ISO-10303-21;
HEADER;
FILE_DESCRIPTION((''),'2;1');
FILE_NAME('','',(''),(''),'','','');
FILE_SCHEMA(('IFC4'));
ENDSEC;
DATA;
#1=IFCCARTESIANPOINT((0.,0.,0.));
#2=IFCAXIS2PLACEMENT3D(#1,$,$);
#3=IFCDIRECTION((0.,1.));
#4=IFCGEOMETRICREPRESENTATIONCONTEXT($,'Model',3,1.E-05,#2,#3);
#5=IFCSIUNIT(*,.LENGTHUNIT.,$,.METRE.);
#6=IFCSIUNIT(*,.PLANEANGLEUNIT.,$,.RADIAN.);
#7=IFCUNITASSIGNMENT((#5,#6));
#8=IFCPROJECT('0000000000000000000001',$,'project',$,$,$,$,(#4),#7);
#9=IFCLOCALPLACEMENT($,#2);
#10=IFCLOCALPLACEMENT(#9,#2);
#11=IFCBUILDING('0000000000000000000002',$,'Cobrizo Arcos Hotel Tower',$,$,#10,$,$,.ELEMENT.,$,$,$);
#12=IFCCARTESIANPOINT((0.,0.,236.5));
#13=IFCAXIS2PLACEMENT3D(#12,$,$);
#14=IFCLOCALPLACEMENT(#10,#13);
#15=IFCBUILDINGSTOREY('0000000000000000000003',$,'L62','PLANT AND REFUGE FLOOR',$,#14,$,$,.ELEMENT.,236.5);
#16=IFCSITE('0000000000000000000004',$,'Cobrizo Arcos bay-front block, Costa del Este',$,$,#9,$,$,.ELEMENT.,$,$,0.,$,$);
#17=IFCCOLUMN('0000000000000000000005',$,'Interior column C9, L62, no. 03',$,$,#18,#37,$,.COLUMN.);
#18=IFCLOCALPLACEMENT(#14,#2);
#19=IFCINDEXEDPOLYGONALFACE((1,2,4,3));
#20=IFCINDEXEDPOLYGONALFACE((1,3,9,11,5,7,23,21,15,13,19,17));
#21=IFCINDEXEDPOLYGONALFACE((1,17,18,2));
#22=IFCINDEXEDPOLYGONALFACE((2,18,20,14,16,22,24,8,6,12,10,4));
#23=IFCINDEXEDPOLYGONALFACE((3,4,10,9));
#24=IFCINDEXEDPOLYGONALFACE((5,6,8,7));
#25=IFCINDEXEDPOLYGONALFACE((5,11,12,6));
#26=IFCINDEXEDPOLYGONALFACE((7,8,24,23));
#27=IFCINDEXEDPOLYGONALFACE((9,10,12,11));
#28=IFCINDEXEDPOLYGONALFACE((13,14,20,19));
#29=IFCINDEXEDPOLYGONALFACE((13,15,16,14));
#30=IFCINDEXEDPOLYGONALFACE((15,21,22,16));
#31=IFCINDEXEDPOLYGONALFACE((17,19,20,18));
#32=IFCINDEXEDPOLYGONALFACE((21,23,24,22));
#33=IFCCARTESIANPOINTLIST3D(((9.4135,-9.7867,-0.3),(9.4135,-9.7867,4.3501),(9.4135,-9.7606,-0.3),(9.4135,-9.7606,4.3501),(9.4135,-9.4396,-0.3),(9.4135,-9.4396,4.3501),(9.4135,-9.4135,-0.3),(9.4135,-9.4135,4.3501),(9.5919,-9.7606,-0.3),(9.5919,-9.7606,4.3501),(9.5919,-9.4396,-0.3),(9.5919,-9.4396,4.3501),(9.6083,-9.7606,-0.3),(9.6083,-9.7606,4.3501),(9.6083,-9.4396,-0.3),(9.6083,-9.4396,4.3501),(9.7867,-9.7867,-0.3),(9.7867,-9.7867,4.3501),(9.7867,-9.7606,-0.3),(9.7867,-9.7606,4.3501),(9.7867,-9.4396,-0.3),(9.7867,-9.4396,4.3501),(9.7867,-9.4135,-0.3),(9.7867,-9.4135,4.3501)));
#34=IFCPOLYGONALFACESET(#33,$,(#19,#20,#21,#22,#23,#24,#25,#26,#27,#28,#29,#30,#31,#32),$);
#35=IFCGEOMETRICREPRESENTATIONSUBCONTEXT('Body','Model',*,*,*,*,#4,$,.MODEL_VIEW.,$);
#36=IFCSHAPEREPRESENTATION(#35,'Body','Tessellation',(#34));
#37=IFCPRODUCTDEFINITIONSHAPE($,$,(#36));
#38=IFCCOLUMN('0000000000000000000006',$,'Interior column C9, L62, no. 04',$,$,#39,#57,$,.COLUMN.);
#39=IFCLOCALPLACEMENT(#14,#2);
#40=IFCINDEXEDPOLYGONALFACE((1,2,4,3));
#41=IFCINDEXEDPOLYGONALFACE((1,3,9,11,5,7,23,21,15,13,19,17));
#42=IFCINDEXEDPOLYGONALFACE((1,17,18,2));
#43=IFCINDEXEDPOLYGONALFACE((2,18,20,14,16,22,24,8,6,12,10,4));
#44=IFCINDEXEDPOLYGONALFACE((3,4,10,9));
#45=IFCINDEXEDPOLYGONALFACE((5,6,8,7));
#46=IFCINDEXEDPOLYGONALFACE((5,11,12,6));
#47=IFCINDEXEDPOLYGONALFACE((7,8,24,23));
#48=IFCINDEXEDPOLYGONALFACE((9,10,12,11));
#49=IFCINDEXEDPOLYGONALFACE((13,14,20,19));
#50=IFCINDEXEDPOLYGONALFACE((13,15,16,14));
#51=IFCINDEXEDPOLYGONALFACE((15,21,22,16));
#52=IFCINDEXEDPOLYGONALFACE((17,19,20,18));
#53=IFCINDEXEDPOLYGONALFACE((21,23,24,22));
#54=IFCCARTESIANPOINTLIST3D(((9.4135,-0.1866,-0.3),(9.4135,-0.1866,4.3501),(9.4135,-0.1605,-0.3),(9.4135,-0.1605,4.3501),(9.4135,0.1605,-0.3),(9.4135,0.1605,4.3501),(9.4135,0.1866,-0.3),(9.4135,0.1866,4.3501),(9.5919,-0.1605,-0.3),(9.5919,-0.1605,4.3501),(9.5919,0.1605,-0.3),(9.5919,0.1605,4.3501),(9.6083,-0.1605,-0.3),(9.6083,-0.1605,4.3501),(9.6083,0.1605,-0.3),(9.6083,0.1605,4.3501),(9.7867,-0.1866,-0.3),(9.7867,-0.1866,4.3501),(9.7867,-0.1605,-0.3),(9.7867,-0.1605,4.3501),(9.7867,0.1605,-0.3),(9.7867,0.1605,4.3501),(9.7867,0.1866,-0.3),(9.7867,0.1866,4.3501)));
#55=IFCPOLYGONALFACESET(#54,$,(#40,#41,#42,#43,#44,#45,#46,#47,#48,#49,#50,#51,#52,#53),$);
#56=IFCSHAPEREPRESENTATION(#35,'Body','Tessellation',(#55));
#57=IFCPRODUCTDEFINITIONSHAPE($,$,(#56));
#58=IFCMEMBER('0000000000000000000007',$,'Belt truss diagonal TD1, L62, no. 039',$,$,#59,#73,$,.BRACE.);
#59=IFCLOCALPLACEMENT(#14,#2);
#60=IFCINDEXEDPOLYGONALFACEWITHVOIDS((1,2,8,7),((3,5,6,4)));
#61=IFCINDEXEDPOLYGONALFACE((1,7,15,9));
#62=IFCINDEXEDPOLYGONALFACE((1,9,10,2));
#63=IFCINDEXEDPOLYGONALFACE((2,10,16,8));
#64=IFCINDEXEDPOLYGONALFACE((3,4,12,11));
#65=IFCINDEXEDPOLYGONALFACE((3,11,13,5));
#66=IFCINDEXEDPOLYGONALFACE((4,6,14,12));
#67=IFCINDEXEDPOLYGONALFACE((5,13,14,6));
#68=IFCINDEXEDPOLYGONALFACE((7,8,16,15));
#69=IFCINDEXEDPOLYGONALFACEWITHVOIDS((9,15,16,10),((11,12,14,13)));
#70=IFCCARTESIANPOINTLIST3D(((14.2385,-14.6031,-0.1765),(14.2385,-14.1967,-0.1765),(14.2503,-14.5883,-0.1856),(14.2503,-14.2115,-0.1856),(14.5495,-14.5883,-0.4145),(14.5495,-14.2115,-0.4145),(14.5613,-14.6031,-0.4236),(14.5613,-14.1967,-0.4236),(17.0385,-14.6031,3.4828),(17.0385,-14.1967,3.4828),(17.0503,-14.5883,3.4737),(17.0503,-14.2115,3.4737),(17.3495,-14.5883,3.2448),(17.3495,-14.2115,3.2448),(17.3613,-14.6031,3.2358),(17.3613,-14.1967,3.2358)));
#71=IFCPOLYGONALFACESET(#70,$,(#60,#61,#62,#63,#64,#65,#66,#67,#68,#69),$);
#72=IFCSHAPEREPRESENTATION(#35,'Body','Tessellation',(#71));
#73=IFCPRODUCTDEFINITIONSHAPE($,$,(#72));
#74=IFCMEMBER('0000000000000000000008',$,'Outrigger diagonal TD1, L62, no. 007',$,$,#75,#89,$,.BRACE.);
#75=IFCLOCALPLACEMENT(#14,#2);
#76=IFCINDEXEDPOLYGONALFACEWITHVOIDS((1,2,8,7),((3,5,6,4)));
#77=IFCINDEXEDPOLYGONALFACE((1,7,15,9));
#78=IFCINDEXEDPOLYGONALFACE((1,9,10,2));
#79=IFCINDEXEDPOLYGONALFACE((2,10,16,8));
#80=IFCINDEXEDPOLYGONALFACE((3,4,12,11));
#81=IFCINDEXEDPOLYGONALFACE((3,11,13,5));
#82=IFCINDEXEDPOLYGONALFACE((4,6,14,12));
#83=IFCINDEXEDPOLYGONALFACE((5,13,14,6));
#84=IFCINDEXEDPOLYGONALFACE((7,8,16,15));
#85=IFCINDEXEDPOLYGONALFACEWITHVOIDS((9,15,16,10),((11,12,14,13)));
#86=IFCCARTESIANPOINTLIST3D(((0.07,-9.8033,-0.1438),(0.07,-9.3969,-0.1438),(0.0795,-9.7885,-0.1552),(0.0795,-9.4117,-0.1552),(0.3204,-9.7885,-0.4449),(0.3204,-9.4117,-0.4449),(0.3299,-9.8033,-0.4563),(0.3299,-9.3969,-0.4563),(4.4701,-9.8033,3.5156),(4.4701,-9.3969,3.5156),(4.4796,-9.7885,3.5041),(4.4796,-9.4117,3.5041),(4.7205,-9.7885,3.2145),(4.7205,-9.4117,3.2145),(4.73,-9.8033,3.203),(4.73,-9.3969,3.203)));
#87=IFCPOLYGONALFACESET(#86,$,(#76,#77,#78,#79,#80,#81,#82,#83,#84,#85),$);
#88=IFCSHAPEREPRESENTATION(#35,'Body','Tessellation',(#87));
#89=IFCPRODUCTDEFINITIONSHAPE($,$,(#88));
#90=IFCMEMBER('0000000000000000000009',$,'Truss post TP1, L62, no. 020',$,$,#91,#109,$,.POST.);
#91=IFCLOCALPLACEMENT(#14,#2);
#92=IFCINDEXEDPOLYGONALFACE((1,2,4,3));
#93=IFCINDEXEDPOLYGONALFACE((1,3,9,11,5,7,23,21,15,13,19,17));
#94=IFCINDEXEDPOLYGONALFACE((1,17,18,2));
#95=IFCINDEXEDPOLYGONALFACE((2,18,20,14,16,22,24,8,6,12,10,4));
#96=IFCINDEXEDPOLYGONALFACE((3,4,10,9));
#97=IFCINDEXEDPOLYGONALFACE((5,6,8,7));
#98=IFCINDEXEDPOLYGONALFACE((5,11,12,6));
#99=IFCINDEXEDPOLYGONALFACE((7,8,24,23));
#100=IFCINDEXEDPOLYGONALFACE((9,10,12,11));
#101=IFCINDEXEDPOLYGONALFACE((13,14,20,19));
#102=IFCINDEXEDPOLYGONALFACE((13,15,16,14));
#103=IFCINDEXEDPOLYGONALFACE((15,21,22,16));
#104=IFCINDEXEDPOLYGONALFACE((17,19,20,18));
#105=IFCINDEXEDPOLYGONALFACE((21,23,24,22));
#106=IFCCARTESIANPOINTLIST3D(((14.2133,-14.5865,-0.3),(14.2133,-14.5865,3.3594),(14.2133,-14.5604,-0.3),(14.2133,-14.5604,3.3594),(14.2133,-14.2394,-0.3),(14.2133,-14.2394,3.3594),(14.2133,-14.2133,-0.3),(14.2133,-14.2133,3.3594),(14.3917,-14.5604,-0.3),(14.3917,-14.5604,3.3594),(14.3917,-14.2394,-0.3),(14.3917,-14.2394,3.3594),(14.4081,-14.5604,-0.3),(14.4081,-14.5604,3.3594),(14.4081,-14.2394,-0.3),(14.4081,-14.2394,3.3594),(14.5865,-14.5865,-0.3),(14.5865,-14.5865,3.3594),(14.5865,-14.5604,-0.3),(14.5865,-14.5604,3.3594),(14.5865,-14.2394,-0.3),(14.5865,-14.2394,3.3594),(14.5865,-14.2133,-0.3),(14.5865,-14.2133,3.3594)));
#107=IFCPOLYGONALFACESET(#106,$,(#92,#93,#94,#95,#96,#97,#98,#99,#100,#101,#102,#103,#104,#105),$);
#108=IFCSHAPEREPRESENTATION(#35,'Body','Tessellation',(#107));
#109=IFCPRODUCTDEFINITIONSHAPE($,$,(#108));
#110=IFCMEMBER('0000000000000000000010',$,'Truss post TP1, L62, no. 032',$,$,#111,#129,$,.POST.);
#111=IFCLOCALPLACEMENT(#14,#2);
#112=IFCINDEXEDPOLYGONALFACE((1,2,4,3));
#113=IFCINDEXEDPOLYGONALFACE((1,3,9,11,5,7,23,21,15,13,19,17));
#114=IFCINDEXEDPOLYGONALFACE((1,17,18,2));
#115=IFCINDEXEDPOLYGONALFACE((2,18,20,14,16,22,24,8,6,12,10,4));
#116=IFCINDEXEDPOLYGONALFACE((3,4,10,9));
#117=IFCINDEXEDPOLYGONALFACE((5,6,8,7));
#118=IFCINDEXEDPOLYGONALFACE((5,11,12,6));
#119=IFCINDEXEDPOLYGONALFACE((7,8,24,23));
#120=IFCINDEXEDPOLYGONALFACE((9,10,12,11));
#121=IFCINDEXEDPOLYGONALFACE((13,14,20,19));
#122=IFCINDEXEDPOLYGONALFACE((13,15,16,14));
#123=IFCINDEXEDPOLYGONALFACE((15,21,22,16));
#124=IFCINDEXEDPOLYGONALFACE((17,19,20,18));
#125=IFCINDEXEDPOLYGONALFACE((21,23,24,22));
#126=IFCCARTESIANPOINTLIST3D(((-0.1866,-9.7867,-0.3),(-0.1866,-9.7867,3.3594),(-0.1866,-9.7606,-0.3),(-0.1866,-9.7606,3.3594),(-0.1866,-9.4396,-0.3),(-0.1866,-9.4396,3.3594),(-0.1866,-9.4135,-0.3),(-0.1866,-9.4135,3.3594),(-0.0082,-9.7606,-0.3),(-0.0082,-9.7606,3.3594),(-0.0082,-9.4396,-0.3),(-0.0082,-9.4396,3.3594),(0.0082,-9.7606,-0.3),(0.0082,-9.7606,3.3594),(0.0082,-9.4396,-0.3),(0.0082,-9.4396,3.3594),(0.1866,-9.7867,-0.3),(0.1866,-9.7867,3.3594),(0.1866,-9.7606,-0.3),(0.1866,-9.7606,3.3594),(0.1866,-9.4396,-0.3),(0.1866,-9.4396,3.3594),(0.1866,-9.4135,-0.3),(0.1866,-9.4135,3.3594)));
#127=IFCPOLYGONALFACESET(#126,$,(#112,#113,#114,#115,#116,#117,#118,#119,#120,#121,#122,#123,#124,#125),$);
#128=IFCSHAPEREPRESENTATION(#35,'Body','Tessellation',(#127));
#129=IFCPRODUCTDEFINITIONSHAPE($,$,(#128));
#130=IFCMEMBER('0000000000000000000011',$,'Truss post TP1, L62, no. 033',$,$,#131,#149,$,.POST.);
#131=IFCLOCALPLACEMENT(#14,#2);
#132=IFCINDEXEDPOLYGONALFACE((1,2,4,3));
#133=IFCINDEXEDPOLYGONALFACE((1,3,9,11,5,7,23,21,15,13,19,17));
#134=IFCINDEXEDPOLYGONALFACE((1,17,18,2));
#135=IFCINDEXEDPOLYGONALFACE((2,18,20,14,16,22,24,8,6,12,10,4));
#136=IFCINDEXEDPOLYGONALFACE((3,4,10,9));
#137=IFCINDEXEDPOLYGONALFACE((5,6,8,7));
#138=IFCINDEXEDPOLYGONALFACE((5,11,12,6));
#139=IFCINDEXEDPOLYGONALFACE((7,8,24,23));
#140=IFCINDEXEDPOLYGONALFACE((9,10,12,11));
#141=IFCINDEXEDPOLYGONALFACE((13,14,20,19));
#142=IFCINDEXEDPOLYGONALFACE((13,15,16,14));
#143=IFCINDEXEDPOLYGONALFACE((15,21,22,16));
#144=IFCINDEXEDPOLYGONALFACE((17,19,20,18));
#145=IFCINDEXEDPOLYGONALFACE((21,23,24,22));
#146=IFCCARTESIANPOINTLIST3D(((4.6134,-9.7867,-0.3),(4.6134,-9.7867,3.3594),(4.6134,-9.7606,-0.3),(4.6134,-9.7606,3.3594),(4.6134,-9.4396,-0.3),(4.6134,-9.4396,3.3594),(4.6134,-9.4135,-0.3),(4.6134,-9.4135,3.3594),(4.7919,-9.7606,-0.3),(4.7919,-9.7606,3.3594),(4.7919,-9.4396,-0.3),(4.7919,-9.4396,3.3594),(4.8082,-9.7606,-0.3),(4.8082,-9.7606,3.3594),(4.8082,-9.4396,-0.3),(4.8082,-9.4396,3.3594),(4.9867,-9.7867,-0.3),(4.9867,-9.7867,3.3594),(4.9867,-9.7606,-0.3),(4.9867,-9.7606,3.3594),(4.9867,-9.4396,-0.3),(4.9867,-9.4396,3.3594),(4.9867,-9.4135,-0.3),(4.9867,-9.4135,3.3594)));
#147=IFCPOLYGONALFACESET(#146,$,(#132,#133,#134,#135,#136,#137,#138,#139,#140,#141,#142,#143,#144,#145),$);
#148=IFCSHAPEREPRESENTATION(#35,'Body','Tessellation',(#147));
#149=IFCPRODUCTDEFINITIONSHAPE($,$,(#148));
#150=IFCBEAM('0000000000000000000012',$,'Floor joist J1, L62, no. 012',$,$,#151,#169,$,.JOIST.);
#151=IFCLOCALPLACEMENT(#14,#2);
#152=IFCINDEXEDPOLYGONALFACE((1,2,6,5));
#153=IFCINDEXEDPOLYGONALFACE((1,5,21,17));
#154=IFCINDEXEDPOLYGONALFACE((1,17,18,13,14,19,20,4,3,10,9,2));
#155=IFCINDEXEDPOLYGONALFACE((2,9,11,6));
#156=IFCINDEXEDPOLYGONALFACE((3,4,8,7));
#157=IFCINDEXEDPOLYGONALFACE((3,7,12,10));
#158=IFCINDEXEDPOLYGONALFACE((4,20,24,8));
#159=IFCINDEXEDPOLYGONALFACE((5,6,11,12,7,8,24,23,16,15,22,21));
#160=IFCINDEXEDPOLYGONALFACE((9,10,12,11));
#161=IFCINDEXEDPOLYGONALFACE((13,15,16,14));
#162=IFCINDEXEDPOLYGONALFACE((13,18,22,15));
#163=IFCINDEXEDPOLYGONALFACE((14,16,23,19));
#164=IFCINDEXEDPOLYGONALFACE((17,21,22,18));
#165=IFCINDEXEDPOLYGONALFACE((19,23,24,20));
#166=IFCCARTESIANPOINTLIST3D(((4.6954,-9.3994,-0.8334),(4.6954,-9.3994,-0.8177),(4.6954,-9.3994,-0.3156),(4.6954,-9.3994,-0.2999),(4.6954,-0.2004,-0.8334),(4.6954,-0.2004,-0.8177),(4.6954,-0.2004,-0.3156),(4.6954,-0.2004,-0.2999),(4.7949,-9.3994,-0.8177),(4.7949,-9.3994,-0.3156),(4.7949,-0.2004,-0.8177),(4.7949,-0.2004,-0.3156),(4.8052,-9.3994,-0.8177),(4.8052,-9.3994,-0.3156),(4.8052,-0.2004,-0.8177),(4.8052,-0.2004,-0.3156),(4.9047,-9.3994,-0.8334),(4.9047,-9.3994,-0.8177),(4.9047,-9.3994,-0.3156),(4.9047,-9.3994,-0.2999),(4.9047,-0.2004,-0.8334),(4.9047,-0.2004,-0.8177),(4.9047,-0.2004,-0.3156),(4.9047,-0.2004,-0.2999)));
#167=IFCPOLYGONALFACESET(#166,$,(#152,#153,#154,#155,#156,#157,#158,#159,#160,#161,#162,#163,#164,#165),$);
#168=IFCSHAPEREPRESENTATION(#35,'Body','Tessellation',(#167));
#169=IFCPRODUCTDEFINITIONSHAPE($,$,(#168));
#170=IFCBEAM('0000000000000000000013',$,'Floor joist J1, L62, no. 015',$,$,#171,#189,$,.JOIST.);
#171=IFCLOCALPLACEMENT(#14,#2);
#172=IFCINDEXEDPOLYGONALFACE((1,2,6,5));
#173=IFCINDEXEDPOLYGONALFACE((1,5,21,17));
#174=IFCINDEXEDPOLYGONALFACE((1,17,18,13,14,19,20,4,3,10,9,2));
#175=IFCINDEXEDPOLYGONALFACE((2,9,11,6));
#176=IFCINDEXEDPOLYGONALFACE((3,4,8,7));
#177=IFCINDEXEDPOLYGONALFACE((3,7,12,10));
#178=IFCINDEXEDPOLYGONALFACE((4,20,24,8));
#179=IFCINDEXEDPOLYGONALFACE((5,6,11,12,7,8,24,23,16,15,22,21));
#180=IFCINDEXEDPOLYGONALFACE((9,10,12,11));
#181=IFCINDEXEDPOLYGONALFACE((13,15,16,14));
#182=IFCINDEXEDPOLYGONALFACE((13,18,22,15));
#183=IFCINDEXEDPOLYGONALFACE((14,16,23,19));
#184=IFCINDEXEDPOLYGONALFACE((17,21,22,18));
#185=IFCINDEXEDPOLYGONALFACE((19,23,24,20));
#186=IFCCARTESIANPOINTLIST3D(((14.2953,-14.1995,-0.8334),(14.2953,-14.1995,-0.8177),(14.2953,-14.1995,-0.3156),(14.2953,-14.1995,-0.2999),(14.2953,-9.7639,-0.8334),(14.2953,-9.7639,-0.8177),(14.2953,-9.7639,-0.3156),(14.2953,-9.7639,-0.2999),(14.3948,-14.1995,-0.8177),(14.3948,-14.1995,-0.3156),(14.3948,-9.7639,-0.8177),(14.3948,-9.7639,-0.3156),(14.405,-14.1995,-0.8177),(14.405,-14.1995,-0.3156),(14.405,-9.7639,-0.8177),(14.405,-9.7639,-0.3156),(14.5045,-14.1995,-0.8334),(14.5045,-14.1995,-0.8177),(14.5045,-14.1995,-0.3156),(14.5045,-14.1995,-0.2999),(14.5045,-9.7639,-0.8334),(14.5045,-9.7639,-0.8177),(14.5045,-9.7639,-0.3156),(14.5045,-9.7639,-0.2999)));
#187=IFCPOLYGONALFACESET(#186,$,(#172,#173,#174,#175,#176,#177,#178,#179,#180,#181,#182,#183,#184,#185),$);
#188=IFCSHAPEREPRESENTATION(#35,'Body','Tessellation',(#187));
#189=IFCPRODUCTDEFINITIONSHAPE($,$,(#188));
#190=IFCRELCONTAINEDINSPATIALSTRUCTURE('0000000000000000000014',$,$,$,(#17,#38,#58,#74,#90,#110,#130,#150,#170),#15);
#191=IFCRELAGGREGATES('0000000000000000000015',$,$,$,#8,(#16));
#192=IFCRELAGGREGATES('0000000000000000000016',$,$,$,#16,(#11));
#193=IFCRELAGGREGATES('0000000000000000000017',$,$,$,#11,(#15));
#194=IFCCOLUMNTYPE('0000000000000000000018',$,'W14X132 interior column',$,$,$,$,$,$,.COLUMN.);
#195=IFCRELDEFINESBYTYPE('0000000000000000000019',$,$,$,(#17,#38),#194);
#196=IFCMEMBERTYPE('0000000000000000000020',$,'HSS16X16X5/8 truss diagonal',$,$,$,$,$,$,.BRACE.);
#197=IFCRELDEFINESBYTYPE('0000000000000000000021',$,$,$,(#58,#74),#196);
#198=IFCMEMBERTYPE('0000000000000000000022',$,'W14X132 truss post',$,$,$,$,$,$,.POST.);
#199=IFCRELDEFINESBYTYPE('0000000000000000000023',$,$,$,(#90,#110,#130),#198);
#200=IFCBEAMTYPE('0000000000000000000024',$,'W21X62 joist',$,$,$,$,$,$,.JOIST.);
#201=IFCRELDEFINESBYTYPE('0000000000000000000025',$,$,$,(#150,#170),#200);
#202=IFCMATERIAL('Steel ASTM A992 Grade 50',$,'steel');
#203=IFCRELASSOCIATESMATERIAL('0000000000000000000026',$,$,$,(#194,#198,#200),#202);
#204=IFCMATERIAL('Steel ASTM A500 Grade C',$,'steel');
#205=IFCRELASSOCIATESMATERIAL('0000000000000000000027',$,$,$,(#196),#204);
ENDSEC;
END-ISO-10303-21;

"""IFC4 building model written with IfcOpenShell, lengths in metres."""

from ifc_helpers import new_model, si_unit, direction, frame, origin, origin_2d, place, context, subcontext, project, spatial, hollow_rectangle, i_section, extrude, material, material_profile, profile_set, type_object, element, save


model = new_model("IFC4")

# Units and contexts
model_context = context("Model", 3, precision=1e-05, world=origin(), true_north=direction((0.0, 1.0)))
body_context = subcontext(model_context, "Body", "Model", "MODEL_VIEW")
ifc_project = project(units=[si_unit("LENGTHUNIT", "METRE"), si_unit("PLANEANGLEUNIT", "RADIAN")], contexts=[model_context])

# Site, building, storey
site_placement = place(None, origin())
site = spatial("IfcSite", under=ifc_project, at=site_placement, Name="Cobrizo Arcos bay-front block, Costa del Este", CompositionType="ELEMENT", RefElevation=0.0)
building_placement = place(site_placement, origin())
building = spatial("IfcBuilding", under=site, at=building_placement, Name="Cobrizo Arcos Hotel Tower", CompositionType="ELEMENT")
storey_placement = place(building_placement, frame((0.0, 0.0, 236.5)))
storey = spatial("IfcBuildingStorey", under=building, at=storey_placement, Name="L62", Description="PLANT AND REFUGE FLOOR", CompositionType="ELEMENT", Elevation=236.5)

# Columns
ifc_material_1 = material(Name="Steel ASTM A992 Grade 50", Category="steel")
ifc_material_profile_1 = material_profile(ifc_material_1, i_section(OverallWidth=0.3733, OverallDepth=0.3733, WebThickness=0.0164, FlangeThickness=0.0261, at=origin_2d()), Name="W14X132")
ifc_profile_set_1 = profile_set([ifc_material_profile_1], Name="Steel ASTM A992 Grade 50")
column_type = type_object("IfcColumnType", Name="W14X132 interior column", PredefinedType="COLUMN", material=ifc_profile_set_1)
for number, where, z_axis, x_axis, name in (
    (1, (9.6001, -9.6001, -0.3), (0.0, 0.0, 1.0), (1.0, 0.0, 0.0), "Interior column C9, L62, no. 03"),
    (2, (9.6001, 0.0, -0.3), (0.0, 0.0, 1.0), (1.0, 0.0, 0.0), "Interior column C9, L62, no. 04"),
):
    element("IfcColumn", number, at=place(storey_placement, frame(where, z_axis=z_axis, x_axis=x_axis)), inside=storey, type_object=column_type, Name=name, PredefinedType="COLUMN", context=body_context, shape_type="SweptSolid", body=[
        extrude(i_section(OverallWidth=0.3733, OverallDepth=0.3733, WebThickness=0.0164, FlangeThickness=0.0261, at=origin_2d()), origin(), (0.0, 0.0, 1.0), 4.6501),
    ])

# Members
ifc_material_2 = material(Name="Steel ASTM A500 Grade C", Category="steel")
ifc_material_profile_2 = material_profile(ifc_material_2, hollow_rectangle(XDim=0.4065, YDim=0.4065, WallThickness=0.0149, at=origin_2d()), Name="HSS16X16X5/8")
ifc_profile_set_2 = profile_set([ifc_material_profile_2], Name="Steel ASTM A500 Grade C")
member_type_1 = type_object("IfcMemberType", Name="HSS16X16X5/8 truss diagonal", PredefinedType="BRACE", material=ifc_profile_set_2)
member_1_placement = place(storey_placement, frame((14.3999, -14.3999, -0.3), z_axis=(0.607678, 0.0, 0.794183), x_axis=(0.0, 1.0, 0.0)))
element("IfcMember", 3, at=member_1_placement, inside=storey, type_object=member_type_1, Name="Belt truss diagonal TD1, L62, no. 039", PredefinedType="BRACE", context=body_context, shape_type="SweptSolid", body=[
    extrude(hollow_rectangle(XDim=0.4065, YDim=0.4065, WallThickness=0.0149, at=origin_2d()), origin(), (0.0, 0.0, 1.0), 4.6077),
])
member_2_placement = place(storey_placement, frame((0.2, -9.6001, -0.3), z_axis=(0.768854, 0.0, 0.639425), x_axis=(0.0, 1.0, 0.0)))
element("IfcMember", 4, at=member_2_placement, inside=storey, type_object=member_type_1, Name="Outrigger diagonal TD1, L62, no. 007", PredefinedType="BRACE", context=body_context, shape_type="SweptSolid", body=[
    extrude(hollow_rectangle(XDim=0.4065, YDim=0.4065, WallThickness=0.0149, at=origin_2d()), origin(), (0.0, 0.0, 1.0), 5.7229),
])
ifc_material_profile_3 = material_profile(ifc_material_1, i_section(OverallWidth=0.3733, OverallDepth=0.3733, WebThickness=0.0164, FlangeThickness=0.0261, at=origin_2d()), Name="W14X132")
ifc_profile_set_3 = profile_set([ifc_material_profile_3], Name="Steel ASTM A992 Grade 50")
member_type_2 = type_object("IfcMemberType", Name="W14X132 truss post", PredefinedType="POST", material=ifc_profile_set_3)
for number, where, z_axis, x_axis, name in (
    (5, (14.3999, -14.3999, -0.3), (0.0, 0.0, 1.0), (1.0, 0.0, 0.0), "Truss post TP1, L62, no. 020"),
    (6, (0.0, -9.6001, -0.3), (0.0, 0.0, 1.0), (1.0, 0.0, 0.0), "Truss post TP1, L62, no. 032"),
    (7, (4.8, -9.6001, -0.3), (0.0, 0.0, 1.0), (1.0, 0.0, 0.0), "Truss post TP1, L62, no. 033"),
):
    element("IfcMember", number, at=place(storey_placement, frame(where, z_axis=z_axis, x_axis=x_axis)), inside=storey, type_object=member_type_2, Name=name, PredefinedType="POST", context=body_context, shape_type="SweptSolid", body=[
        extrude(i_section(OverallWidth=0.3733, OverallDepth=0.3733, WebThickness=0.0164, FlangeThickness=0.0261, at=origin_2d()), origin(), (0.0, 0.0, 1.0), 3.6594),
    ])

# Beams
ifc_material_profile_4 = material_profile(ifc_material_1, i_section(OverallWidth=0.2092, OverallDepth=0.5334, WebThickness=0.0103, FlangeThickness=0.0156, at=origin_2d()), Name="W21X62")
ifc_profile_set_4 = profile_set([ifc_material_profile_4], Name="Steel ASTM A992 Grade 50")
beam_type_1 = type_object("IfcBeamType", Name="W21X62 joist", PredefinedType="JOIST", material=ifc_profile_set_4)
beam_1_placement = place(storey_placement, frame((4.8, -9.3994, -0.5667), z_axis=(0.0, 1.0, 0.0), x_axis=(-1.0, 0.0, 0.0)))
element("IfcBeam", 8, at=beam_1_placement, inside=storey, type_object=beam_type_1, Name="Floor joist J1, L62, no. 012", PredefinedType="JOIST", context=body_context, shape_type="SweptSolid", body=[
    extrude(i_section(OverallWidth=0.2092, OverallDepth=0.5334, WebThickness=0.0103, FlangeThickness=0.0156, at=origin_2d()), origin(), (0.0, 0.0, 1.0), 9.199),
])
beam_2_placement = place(storey_placement, frame((14.3999, -14.1995, -0.5667), z_axis=(0.0, 1.0, 0.0), x_axis=(-1.0, 0.0, 0.0)))
element("IfcBeam", 9, at=beam_2_placement, inside=storey, type_object=beam_type_1, Name="Floor joist J1, L62, no. 015", PredefinedType="JOIST", context=body_context, shape_type="SweptSolid", body=[
    extrude(i_section(OverallWidth=0.2092, OverallDepth=0.5334, WebThickness=0.0103, FlangeThickness=0.0156, at=origin_2d()), origin(), (0.0, 0.0, 1.0), 4.4355),
])

save(model, "model.ifc")
